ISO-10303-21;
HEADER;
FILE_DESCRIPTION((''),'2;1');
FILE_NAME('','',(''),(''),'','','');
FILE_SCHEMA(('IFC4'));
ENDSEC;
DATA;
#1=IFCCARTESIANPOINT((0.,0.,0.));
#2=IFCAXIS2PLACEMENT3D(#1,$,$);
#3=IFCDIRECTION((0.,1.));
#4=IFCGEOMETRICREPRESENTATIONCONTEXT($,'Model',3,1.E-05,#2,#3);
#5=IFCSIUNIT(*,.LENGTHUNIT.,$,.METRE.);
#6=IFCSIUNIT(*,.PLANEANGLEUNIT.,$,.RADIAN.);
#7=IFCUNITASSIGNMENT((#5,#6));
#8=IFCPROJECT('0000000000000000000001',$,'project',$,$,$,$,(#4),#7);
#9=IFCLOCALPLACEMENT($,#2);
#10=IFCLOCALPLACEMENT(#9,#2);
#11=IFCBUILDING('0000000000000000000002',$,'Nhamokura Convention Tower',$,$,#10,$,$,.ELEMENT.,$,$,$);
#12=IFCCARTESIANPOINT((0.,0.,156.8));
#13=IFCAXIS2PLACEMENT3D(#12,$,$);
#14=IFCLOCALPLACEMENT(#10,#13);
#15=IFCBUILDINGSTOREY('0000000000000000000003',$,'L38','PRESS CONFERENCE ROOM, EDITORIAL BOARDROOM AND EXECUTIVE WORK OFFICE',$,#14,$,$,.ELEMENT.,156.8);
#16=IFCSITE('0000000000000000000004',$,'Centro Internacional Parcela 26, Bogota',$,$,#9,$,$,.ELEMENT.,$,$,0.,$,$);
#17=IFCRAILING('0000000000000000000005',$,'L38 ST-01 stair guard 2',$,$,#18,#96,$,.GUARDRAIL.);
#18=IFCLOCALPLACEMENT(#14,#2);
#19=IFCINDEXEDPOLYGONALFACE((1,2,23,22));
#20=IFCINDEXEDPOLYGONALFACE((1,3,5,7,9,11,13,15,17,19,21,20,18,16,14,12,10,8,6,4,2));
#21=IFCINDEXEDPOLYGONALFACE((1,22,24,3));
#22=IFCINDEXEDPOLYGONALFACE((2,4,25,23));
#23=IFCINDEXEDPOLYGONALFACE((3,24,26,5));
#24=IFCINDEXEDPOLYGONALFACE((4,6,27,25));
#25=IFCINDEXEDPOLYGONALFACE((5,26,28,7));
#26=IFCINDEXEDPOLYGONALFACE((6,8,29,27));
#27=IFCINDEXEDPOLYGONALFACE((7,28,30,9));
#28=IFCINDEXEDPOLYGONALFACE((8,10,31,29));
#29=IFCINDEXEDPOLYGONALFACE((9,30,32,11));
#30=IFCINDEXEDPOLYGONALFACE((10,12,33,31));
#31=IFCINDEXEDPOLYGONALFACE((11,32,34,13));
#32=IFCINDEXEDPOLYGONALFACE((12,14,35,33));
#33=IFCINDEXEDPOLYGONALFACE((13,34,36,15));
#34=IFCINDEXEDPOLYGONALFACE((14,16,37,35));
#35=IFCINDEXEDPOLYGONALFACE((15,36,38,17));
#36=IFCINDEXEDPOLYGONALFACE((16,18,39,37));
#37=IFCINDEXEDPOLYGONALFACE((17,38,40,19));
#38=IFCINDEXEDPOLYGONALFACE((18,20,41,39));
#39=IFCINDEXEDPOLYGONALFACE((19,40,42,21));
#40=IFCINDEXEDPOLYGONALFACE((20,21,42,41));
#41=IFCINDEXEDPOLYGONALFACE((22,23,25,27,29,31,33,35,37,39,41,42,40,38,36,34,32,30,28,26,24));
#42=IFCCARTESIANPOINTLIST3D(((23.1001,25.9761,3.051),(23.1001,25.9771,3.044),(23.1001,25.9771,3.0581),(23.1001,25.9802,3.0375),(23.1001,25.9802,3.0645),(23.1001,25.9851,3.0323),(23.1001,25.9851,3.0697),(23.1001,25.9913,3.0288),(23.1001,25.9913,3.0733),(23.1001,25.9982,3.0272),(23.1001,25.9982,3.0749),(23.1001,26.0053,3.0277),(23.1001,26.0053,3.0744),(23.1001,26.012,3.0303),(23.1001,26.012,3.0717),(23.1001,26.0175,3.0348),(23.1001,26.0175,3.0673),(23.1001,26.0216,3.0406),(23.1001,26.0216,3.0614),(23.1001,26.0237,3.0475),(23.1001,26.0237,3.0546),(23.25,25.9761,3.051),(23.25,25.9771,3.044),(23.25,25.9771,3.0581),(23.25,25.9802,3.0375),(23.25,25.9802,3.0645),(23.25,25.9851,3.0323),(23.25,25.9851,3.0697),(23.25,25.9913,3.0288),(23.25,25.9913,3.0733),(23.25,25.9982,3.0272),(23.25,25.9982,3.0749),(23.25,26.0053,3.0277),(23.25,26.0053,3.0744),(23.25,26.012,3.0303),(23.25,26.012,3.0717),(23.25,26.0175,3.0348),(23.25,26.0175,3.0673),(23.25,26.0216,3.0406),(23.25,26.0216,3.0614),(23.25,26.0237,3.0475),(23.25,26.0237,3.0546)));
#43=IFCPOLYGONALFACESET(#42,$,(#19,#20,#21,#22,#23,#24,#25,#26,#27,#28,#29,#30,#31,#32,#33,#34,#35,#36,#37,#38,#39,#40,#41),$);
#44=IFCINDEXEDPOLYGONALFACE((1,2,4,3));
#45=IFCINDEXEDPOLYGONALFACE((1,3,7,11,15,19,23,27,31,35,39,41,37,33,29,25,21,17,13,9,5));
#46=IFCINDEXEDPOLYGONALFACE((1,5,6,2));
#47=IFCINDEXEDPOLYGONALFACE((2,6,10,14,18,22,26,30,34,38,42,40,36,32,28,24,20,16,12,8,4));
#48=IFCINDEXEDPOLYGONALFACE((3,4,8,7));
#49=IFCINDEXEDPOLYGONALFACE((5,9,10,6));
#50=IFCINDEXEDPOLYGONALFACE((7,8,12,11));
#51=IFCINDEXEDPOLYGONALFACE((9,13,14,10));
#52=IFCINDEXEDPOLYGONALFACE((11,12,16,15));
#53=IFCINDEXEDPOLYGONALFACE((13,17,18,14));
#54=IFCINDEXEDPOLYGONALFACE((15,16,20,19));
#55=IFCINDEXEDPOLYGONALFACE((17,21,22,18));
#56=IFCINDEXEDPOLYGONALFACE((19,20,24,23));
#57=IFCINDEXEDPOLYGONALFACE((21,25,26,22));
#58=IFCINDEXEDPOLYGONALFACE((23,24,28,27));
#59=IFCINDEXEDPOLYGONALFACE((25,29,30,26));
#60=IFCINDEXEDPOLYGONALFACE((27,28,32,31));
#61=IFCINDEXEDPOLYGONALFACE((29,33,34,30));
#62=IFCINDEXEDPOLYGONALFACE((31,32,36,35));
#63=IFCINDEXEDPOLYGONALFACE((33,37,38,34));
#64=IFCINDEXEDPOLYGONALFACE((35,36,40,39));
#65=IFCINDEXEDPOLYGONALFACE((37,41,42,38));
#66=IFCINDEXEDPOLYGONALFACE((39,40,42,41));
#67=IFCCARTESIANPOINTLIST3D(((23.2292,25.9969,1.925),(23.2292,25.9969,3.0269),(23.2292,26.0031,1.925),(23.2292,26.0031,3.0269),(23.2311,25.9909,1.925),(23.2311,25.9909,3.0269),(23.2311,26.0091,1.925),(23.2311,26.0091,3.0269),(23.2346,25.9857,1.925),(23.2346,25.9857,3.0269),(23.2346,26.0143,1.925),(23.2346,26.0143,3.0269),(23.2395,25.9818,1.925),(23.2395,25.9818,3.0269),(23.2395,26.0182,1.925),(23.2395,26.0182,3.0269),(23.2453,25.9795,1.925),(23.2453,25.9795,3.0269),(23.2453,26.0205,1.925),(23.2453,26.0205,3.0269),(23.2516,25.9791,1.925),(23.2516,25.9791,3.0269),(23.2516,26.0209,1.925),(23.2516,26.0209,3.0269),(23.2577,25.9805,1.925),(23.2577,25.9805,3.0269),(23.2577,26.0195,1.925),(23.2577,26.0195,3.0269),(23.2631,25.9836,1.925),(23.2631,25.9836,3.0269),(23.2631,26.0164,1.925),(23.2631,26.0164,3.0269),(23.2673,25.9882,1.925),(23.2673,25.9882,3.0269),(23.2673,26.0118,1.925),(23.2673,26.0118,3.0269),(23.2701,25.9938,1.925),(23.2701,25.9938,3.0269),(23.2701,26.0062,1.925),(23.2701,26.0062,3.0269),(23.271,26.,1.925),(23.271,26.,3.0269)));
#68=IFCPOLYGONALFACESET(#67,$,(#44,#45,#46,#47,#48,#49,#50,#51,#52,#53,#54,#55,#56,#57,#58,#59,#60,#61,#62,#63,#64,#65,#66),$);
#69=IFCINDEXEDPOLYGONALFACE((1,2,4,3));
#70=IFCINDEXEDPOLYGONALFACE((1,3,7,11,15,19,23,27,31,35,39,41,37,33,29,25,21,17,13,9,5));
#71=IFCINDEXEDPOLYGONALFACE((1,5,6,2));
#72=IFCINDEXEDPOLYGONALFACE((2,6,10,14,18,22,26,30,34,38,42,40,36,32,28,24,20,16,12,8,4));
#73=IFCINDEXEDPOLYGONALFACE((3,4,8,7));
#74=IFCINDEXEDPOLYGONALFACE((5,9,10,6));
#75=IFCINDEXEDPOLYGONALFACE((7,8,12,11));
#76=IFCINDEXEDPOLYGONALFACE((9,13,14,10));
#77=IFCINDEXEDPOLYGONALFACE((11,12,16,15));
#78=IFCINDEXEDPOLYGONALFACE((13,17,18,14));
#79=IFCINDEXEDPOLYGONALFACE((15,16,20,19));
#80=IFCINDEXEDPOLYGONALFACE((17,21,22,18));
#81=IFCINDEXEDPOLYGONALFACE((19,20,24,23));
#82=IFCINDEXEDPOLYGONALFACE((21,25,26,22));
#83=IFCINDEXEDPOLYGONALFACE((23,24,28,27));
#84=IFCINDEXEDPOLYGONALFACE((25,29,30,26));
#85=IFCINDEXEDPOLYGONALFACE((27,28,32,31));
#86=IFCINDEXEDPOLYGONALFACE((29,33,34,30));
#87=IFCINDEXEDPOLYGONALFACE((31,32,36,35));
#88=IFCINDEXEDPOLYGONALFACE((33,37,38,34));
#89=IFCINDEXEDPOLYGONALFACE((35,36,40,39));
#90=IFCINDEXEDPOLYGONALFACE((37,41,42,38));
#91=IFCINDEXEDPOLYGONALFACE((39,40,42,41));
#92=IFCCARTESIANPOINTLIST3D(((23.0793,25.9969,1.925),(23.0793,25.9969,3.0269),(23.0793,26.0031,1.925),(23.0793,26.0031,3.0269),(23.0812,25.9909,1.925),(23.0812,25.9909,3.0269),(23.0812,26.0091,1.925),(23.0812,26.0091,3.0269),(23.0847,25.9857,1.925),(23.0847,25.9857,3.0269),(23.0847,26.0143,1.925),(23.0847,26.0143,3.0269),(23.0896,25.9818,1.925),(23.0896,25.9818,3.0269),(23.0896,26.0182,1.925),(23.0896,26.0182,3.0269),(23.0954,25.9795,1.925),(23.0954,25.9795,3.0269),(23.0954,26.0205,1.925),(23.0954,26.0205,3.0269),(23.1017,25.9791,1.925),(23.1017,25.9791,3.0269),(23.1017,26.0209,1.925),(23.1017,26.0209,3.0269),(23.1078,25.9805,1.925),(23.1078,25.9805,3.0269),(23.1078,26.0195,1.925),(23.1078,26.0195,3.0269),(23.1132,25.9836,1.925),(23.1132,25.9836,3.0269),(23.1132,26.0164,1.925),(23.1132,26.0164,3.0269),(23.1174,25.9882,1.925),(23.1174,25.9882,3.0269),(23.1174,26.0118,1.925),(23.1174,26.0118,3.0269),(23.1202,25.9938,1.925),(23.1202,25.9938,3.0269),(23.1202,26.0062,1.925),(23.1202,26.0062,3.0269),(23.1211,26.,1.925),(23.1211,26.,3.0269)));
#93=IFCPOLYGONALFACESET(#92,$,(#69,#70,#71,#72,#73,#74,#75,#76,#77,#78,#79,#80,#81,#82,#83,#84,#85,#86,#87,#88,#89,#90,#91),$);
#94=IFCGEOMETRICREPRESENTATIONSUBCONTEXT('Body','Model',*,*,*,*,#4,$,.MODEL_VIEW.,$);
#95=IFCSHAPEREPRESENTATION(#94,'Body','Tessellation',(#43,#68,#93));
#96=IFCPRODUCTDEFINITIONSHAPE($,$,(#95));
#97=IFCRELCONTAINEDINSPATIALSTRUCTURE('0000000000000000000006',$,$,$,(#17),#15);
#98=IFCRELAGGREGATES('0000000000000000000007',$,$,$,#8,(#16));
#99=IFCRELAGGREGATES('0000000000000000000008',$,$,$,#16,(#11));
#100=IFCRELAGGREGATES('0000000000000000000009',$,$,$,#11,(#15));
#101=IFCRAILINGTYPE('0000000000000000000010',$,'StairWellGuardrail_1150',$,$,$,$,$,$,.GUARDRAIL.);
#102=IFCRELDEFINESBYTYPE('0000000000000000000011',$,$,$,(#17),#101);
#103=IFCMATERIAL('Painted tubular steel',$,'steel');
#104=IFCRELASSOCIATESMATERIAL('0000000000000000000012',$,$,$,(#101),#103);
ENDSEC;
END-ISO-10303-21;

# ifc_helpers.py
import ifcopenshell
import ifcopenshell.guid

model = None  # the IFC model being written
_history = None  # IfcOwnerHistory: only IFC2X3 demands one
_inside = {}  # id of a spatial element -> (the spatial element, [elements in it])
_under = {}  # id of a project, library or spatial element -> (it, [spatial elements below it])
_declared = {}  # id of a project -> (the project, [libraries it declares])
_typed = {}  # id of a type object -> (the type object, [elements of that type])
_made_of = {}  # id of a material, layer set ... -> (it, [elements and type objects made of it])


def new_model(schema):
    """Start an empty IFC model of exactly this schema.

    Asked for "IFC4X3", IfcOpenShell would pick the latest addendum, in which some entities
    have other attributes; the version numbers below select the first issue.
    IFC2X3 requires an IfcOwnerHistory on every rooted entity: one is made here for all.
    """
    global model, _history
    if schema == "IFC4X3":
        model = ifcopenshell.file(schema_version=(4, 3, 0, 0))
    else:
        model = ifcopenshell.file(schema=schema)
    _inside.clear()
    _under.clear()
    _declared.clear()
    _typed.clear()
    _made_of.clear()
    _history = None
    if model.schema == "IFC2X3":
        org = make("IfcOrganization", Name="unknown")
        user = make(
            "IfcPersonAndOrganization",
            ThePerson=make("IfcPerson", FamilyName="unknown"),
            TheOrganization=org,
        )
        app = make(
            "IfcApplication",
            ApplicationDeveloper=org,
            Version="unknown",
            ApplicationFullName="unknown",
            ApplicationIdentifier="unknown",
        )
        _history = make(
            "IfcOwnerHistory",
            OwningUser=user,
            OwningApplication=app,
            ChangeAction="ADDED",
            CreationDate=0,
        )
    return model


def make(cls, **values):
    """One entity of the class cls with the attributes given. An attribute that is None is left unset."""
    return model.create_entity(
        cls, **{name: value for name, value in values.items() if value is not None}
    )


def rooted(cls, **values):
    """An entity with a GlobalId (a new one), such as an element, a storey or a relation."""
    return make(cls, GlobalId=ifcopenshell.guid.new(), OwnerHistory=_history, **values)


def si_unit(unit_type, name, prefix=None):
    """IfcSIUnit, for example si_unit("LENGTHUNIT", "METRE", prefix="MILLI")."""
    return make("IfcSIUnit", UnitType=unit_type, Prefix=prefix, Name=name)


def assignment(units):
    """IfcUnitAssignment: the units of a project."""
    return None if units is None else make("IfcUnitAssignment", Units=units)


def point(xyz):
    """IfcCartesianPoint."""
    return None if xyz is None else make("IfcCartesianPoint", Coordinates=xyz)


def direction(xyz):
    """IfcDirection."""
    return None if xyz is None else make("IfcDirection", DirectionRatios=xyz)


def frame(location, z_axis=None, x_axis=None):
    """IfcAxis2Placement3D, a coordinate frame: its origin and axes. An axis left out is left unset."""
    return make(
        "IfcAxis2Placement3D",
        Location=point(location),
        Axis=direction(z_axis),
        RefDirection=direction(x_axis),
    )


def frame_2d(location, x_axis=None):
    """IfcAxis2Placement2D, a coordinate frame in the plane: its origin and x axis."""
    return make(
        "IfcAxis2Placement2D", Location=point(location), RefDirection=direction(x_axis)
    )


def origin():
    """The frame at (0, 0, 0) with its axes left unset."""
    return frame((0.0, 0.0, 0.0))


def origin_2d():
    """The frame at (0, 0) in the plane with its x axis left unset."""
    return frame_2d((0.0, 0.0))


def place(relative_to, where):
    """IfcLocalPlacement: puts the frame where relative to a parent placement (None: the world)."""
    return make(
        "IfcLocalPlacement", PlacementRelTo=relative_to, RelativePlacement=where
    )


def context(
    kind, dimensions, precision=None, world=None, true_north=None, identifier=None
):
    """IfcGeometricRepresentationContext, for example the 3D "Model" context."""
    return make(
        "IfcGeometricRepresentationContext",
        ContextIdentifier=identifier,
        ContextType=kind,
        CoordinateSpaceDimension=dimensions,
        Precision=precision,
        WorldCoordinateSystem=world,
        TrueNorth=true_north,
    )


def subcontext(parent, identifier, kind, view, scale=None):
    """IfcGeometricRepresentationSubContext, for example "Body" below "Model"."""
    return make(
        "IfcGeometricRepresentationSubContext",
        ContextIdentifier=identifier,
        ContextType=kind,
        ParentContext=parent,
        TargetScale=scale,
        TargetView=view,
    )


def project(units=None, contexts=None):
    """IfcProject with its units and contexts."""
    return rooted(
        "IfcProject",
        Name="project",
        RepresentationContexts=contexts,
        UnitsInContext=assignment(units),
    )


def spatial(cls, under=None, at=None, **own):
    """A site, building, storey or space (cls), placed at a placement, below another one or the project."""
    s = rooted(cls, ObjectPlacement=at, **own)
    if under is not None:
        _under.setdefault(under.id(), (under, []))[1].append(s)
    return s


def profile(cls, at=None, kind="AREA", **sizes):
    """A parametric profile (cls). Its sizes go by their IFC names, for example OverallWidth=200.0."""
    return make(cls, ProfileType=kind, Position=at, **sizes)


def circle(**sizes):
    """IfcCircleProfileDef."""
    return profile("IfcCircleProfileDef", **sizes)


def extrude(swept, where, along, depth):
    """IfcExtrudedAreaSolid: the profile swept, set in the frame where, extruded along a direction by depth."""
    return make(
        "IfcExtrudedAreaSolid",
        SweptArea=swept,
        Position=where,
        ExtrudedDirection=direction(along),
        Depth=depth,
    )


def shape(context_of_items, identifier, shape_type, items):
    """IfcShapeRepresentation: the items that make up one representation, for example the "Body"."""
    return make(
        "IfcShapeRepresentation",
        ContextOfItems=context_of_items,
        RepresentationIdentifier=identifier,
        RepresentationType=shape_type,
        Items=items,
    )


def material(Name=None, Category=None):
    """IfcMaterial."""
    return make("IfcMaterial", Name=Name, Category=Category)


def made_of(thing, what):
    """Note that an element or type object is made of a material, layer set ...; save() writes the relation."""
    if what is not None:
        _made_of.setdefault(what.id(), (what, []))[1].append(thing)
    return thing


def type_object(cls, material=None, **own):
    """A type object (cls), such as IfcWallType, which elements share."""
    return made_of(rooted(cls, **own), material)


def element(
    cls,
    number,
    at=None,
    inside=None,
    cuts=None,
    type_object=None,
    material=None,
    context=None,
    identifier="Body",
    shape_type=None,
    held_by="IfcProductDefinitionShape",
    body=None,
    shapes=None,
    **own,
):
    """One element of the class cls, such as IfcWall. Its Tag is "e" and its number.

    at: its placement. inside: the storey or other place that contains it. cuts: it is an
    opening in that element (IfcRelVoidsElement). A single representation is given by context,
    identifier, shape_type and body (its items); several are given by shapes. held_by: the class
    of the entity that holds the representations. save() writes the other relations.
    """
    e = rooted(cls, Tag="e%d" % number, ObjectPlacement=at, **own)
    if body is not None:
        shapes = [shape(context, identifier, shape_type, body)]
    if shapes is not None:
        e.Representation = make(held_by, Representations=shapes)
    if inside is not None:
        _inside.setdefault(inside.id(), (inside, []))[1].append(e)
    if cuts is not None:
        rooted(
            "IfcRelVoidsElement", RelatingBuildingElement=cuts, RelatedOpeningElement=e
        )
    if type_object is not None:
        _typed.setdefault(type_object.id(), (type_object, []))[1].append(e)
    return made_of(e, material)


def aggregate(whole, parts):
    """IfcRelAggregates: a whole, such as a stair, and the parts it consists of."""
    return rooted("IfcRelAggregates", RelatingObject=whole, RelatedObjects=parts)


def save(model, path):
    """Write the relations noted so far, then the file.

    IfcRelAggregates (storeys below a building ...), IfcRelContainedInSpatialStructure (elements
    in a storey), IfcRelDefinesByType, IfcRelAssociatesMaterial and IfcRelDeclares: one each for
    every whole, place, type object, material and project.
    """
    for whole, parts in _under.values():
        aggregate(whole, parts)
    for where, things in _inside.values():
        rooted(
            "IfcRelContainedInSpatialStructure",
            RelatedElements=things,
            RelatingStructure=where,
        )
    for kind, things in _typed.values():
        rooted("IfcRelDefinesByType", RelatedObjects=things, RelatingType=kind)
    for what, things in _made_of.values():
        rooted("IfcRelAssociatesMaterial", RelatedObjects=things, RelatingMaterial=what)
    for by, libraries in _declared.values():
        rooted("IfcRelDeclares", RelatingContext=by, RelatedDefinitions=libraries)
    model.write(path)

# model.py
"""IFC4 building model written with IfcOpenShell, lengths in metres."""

from ifc_helpers import new_model, si_unit, direction, frame, origin, origin_2d, place, context, subcontext, project, spatial, circle, extrude, material, type_object, element, save


model = new_model("IFC4")

# Units and contexts
model_context = context("Model", 3, precision=1e-05, world=origin(), true_north=direction((0.0, 1.0)))
body_context = subcontext(model_context, "Body", "Model", "MODEL_VIEW")
ifc_project = project(units=[si_unit("LENGTHUNIT", "METRE"), si_unit("PLANEANGLEUNIT", "RADIAN")], contexts=[model_context])

# Site, building, storey
site_placement = place(None, origin())
site = spatial("IfcSite", under=ifc_project, at=site_placement, Name="Centro Internacional Parcela 26, Bogota", CompositionType="ELEMENT", RefElevation=0.0)
building_placement = place(site_placement, origin())
building = spatial("IfcBuilding", under=site, at=building_placement, Name="Nhamokura Convention Tower", CompositionType="ELEMENT")
storey_placement = place(building_placement, frame((0.0, 0.0, 156.8)))
storey = spatial("IfcBuildingStorey", under=building, at=storey_placement, Name="L38", Description="PRESS CONFERENCE ROOM, EDITORIAL BOARDROOM AND EXECUTIVE WORK OFFICE", CompositionType="ELEMENT", Elevation=156.8)

# Railing
ifc_material_1 = material(Name="Painted tubular steel", Category="steel")
railing_type_1 = type_object("IfcRailingType", Name="StairWellGuardrail_1150", PredefinedType="GUARDRAIL", material=ifc_material_1)
railing_1_placement = place(storey_placement, frame((23.25, 26.0, 1.925)))
element("IfcRailing", 1, at=railing_1_placement, inside=storey, type_object=railing_type_1, Name="L38 ST-01 stair guard 2", PredefinedType="GUARDRAIL", context=body_context, shape_type="SweptSolid", body=[
    extrude(circle(Radius=0.0239, at=origin_2d()), frame((0.0, 0.0, 1.126), z_axis=(-1.0, 0.0, 0.0), x_axis=(0.0, -1.0, 0.0)), (0.0, 0.0, 1.0), 0.1499),
    extrude(circle(Radius=0.021, at=origin_2d()), origin(), (0.0, 0.0, 1.0), 1.1018),
    extrude(circle(Radius=0.021, at=origin_2d()), frame((-0.1499, 0.0, 0.0)), (0.0, 0.0, 1.0), 1.1018),
])

save(model, "model.ifc")
